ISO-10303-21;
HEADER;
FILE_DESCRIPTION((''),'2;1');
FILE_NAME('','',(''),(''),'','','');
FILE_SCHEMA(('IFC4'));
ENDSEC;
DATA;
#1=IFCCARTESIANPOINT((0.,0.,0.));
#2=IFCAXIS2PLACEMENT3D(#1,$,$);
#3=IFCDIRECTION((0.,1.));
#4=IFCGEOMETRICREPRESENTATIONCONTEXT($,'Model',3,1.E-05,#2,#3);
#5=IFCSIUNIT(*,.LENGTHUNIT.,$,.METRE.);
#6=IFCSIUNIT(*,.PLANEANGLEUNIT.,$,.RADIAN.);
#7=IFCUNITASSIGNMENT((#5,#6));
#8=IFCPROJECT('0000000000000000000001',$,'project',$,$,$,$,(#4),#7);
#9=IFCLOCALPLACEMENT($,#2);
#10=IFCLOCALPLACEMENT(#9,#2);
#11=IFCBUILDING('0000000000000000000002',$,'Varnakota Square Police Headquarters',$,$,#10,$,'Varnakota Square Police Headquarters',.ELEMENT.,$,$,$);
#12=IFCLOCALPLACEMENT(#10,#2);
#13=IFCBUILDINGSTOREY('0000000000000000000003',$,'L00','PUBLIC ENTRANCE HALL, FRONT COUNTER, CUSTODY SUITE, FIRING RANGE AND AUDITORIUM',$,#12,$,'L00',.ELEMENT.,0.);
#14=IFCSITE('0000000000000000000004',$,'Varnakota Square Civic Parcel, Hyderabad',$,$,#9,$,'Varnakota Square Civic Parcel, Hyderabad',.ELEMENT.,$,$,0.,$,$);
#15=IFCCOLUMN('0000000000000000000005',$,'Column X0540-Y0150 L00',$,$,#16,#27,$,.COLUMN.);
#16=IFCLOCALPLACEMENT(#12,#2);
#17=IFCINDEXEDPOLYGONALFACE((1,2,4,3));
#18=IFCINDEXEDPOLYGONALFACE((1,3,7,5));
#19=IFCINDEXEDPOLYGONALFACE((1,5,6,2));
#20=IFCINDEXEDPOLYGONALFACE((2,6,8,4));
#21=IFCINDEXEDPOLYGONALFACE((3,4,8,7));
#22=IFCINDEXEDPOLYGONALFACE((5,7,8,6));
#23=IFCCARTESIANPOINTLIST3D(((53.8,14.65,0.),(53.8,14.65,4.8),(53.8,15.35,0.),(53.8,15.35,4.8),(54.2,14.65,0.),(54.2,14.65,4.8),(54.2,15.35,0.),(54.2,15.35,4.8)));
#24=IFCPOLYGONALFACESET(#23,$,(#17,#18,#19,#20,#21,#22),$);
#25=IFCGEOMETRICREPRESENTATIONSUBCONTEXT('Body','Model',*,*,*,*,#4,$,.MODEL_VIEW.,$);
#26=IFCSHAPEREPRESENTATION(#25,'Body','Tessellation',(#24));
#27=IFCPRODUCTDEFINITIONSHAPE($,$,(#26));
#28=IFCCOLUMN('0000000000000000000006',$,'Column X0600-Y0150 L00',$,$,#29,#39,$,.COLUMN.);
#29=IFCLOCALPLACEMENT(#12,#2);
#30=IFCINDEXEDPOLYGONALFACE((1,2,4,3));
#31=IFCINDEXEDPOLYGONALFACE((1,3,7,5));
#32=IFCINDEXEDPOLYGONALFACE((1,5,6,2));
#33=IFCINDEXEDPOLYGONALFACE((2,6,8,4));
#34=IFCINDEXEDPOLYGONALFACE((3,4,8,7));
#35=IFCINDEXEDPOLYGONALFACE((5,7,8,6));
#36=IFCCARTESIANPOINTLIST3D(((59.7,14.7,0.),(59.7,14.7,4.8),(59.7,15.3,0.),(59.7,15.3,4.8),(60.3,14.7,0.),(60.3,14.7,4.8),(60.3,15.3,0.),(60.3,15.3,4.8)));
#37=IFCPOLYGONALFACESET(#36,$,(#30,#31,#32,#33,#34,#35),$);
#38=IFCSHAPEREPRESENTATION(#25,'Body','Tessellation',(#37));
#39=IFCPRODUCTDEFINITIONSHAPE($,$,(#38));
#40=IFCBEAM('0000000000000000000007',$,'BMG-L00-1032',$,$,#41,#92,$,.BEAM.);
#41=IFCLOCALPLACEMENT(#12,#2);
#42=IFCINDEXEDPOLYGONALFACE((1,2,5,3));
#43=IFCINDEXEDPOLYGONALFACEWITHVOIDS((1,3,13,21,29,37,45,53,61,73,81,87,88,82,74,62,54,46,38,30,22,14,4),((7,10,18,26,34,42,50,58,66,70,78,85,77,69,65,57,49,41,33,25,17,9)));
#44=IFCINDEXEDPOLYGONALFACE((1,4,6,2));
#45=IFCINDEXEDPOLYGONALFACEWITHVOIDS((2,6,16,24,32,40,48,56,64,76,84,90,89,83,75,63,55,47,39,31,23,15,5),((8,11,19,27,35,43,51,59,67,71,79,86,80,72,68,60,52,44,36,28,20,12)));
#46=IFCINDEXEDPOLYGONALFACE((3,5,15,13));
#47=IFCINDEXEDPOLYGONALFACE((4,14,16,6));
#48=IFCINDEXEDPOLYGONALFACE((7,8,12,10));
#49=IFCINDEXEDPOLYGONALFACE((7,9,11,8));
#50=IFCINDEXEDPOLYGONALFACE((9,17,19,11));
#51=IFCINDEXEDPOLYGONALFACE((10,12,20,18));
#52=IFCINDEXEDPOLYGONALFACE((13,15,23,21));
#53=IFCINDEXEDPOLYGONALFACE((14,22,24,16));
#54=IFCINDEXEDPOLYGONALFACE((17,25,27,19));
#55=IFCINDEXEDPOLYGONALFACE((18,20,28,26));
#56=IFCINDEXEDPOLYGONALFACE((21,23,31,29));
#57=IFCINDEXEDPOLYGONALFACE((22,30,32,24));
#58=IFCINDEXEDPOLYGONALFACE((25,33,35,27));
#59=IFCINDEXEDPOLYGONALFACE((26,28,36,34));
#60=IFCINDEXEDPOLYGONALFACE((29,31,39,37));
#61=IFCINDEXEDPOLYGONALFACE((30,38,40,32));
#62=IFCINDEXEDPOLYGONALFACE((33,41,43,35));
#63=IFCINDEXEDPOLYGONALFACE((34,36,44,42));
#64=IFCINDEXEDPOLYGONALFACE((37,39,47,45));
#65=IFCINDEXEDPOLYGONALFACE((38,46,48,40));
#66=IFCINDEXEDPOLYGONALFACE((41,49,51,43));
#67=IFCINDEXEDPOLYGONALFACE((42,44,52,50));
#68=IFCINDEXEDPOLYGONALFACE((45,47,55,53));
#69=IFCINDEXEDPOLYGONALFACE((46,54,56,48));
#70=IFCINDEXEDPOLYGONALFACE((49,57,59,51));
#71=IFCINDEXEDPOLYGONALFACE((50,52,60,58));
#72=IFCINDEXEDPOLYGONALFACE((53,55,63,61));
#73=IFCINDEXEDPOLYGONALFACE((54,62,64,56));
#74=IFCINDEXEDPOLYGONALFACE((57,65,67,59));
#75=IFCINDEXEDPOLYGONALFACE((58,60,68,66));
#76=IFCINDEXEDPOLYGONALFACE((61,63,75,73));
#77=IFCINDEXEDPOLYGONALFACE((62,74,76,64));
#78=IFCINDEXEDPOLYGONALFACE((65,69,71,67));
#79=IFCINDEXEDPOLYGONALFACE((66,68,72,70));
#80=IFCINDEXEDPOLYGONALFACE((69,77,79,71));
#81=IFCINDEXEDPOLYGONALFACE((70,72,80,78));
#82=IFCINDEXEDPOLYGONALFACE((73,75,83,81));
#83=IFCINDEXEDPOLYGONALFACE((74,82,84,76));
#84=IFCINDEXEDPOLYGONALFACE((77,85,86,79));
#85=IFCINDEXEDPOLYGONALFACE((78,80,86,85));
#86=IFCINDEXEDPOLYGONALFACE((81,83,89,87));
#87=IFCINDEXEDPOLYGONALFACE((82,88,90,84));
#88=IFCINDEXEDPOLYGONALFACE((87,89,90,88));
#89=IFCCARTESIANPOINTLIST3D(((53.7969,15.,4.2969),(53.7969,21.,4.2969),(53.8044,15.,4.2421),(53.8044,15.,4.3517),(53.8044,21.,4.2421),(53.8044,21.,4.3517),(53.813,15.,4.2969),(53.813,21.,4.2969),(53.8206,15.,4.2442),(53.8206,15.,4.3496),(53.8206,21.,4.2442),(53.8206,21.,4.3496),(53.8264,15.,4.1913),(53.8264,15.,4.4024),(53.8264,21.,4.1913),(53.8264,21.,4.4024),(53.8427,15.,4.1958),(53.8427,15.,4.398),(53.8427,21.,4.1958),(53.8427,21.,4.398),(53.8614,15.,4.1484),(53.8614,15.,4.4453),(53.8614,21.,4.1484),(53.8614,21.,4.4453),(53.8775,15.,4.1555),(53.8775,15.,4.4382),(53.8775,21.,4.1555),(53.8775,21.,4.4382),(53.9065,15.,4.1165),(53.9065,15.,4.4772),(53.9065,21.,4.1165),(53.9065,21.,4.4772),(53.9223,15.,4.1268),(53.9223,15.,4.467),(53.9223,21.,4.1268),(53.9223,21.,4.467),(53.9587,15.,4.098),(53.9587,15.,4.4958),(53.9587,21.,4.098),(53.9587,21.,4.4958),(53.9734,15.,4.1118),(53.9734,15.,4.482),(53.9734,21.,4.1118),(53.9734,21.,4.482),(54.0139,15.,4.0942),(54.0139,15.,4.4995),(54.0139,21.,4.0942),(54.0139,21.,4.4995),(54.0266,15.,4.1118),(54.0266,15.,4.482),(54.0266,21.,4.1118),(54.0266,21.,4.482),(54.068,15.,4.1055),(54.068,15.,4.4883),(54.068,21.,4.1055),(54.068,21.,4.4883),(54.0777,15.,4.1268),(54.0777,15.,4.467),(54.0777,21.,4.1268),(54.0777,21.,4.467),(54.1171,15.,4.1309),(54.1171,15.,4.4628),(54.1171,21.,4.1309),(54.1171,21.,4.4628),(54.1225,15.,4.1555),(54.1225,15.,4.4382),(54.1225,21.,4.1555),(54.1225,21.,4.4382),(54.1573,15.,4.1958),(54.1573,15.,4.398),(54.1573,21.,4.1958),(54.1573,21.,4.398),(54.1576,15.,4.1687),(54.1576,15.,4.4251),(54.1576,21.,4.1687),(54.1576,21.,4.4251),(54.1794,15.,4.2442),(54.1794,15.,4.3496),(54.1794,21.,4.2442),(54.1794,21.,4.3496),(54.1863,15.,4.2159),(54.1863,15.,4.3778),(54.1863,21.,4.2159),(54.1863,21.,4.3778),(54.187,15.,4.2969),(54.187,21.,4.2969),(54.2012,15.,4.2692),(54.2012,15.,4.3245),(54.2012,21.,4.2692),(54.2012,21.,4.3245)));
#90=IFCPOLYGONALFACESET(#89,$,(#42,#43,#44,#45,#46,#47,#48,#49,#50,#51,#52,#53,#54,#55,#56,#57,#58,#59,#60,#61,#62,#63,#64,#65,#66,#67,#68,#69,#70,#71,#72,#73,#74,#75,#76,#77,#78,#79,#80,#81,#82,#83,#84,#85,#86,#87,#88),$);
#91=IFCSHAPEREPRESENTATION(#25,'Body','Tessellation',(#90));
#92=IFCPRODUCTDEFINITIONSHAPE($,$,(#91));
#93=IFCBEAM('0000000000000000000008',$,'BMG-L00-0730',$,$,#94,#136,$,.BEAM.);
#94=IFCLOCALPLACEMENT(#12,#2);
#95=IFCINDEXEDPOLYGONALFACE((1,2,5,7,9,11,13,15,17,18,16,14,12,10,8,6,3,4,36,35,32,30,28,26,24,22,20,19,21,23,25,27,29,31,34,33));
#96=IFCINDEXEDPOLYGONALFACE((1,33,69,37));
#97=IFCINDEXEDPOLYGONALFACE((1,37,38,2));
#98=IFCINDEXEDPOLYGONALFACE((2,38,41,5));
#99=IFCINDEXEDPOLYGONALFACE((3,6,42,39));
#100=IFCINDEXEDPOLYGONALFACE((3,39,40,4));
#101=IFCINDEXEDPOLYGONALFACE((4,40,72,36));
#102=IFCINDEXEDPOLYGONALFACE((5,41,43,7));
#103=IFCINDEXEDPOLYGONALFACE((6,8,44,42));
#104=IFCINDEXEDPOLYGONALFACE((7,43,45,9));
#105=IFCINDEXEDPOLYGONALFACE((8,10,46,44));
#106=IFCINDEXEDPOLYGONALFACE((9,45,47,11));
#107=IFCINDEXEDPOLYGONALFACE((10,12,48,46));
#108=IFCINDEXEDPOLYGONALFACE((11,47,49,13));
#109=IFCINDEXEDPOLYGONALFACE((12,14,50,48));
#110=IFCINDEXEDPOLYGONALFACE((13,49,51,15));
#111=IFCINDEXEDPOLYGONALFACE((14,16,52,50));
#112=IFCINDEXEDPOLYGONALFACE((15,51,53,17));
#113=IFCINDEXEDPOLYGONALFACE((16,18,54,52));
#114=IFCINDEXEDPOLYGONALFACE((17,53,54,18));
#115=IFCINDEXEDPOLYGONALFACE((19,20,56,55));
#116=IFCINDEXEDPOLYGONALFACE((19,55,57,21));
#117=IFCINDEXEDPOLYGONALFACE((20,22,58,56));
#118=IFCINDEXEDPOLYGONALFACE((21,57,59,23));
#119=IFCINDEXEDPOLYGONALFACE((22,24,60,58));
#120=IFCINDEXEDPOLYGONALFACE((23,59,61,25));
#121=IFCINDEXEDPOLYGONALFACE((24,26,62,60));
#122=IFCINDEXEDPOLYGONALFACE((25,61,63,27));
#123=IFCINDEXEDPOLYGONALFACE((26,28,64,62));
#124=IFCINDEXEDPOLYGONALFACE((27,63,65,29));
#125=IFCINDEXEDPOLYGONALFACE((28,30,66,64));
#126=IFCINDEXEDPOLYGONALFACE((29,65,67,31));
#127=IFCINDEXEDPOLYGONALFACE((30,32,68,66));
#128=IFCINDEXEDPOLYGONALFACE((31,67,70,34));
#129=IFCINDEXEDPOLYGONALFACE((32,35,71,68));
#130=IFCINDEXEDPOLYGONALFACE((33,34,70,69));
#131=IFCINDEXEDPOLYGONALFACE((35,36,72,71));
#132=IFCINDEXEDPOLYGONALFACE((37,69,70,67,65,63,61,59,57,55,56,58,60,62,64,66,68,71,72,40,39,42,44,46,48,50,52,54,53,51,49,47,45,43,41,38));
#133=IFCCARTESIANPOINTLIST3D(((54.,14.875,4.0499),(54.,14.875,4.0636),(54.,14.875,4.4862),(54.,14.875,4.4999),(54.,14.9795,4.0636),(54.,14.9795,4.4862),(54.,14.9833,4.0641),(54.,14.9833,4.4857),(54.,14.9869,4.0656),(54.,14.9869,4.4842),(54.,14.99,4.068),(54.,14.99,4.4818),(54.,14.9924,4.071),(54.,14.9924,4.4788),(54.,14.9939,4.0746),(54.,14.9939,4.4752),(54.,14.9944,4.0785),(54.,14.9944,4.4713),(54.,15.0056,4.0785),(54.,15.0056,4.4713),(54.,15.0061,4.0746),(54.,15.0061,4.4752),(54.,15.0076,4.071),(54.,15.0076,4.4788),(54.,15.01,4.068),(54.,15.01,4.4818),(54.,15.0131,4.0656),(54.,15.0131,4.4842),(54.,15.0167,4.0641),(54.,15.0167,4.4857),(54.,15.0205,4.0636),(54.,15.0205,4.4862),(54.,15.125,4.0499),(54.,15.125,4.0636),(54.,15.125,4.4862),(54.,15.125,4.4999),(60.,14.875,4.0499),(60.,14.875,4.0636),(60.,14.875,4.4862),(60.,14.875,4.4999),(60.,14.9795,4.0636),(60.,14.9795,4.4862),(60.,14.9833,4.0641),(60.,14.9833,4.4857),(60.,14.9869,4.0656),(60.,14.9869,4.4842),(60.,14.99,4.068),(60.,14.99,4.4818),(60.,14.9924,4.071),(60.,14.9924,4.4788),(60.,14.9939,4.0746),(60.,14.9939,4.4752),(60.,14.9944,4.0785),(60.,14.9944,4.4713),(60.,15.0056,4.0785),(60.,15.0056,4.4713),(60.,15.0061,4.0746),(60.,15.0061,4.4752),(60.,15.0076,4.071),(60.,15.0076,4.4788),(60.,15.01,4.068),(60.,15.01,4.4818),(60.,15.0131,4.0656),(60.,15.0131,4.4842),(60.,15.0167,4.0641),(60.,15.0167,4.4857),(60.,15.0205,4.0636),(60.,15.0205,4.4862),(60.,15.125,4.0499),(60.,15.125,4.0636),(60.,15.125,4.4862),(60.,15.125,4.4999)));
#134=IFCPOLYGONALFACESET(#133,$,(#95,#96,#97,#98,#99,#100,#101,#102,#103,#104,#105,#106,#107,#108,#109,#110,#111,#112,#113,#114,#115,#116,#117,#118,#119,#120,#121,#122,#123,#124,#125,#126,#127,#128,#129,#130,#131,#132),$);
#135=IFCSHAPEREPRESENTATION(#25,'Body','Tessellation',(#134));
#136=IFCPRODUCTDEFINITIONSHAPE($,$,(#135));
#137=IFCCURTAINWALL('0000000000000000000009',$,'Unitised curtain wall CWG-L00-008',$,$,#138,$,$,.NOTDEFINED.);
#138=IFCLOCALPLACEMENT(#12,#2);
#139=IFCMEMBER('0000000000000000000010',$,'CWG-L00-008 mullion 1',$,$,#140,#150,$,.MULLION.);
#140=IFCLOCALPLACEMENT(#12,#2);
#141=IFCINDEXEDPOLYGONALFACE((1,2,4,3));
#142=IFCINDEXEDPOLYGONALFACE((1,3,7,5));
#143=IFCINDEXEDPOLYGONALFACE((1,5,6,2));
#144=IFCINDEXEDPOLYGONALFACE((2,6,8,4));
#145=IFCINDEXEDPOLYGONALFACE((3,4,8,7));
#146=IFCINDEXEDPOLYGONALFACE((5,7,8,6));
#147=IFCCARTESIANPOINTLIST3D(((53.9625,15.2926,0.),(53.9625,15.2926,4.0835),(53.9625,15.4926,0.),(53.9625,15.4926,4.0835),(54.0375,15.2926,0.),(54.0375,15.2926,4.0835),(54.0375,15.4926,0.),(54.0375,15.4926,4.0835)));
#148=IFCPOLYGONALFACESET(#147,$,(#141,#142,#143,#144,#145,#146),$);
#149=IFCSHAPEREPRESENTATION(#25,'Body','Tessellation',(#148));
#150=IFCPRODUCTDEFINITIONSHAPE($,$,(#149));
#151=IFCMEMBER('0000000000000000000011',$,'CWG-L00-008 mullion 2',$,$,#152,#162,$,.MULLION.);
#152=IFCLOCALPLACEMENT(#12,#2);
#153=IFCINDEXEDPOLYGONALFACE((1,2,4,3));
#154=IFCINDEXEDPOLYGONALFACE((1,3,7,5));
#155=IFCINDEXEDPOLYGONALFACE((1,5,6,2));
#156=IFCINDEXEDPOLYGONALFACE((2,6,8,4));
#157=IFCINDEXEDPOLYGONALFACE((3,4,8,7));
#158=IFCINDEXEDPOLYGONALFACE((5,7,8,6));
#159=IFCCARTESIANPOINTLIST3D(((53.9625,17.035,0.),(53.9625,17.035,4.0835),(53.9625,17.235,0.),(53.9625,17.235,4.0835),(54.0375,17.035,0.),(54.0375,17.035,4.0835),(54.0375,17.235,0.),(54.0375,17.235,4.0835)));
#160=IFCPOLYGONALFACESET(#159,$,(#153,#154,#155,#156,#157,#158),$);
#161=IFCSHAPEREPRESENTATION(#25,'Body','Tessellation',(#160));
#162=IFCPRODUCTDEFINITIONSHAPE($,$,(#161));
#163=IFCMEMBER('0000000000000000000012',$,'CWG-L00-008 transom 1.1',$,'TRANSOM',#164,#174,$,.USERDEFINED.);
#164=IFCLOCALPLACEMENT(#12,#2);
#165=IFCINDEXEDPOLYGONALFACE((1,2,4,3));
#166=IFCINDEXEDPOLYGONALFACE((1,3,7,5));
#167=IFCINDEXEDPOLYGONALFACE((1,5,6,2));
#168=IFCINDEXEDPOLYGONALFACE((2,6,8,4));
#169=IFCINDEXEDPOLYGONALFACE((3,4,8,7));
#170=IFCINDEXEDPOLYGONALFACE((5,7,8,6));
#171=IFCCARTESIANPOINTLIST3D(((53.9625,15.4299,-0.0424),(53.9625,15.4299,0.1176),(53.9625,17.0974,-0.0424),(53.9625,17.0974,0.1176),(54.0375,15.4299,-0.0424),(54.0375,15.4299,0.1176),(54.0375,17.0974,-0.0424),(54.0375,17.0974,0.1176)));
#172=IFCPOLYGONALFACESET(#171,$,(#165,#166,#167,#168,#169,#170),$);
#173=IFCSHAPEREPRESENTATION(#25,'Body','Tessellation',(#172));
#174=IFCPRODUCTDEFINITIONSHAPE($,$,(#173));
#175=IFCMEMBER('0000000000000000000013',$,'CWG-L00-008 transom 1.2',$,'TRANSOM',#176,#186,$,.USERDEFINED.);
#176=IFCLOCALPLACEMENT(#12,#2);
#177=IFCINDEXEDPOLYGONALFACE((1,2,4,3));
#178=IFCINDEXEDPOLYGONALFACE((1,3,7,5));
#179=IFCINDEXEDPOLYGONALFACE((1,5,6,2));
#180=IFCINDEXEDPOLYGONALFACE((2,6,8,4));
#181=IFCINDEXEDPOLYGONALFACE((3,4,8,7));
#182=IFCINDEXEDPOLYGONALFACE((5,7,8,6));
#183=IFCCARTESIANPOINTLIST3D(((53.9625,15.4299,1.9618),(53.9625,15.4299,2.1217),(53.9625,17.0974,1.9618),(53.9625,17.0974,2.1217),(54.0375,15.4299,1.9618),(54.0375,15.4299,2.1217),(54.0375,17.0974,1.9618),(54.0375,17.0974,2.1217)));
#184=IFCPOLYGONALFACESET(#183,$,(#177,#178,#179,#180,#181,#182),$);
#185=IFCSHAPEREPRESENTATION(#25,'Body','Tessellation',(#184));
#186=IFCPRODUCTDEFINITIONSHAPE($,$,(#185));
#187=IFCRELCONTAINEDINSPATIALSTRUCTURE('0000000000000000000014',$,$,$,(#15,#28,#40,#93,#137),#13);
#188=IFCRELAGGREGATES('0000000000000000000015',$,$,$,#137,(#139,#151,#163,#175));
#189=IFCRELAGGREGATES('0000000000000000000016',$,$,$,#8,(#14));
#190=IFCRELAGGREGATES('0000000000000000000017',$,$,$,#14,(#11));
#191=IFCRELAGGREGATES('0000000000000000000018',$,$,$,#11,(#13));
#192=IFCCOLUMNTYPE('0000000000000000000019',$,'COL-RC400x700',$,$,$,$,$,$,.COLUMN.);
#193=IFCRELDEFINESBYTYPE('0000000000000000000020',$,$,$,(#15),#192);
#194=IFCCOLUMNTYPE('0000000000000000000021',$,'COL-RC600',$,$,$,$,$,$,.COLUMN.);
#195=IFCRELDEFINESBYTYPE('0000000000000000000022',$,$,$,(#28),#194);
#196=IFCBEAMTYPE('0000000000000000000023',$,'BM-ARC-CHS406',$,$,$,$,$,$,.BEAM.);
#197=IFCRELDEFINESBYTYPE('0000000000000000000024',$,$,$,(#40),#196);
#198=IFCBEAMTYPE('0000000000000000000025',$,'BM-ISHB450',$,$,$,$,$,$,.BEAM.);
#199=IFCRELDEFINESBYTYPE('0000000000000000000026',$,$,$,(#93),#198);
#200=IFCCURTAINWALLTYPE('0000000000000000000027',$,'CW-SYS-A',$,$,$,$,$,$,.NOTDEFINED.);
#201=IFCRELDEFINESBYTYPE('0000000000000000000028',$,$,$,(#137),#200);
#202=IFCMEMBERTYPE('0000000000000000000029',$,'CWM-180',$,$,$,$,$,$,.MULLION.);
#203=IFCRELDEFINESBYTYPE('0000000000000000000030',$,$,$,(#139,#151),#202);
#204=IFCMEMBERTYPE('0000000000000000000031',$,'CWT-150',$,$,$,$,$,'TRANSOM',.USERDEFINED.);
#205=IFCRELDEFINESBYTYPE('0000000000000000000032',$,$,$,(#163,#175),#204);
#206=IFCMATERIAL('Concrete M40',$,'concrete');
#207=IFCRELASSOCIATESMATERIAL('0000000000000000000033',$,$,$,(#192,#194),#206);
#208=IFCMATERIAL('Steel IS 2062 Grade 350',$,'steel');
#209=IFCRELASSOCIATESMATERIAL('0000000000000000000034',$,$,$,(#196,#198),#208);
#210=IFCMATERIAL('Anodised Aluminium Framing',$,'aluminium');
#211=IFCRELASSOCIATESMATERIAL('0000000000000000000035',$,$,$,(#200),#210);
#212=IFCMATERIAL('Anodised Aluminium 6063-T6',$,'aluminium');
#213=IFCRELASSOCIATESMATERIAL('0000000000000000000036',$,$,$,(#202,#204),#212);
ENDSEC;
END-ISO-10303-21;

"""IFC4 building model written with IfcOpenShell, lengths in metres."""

from ifc_helpers import new_model, si_unit, direction, frame, origin, origin_2d, place, context, subcontext, project, spatial, rectangle, hollow_circle, i_section, extrude, material, material_profile, profile_set, type_object, element, aggregate, save


model = new_model("IFC4")

# Units and contexts
model_context = context("Model", 3, precision=1e-05, world=origin(), true_north=direction((0.0, 1.0)))
body_context = subcontext(model_context, "Body", "Model", "MODEL_VIEW")
ifc_project = project(units=[si_unit("LENGTHUNIT", "METRE"), si_unit("PLANEANGLEUNIT", "RADIAN")], contexts=[model_context])

# Site, building, storey
site_placement = place(None, origin())
site = spatial("IfcSite", under=ifc_project, at=site_placement, Name="Varnakota Square Civic Parcel, Hyderabad", LongName="Varnakota Square Civic Parcel, Hyderabad", CompositionType="ELEMENT", RefElevation=0.0)
building_placement = place(site_placement, origin())
building = spatial("IfcBuilding", under=site, at=building_placement, Name="Varnakota Square Police Headquarters", LongName="Varnakota Square Police Headquarters", CompositionType="ELEMENT")
storey_placement = place(building_placement, origin())
storey = spatial("IfcBuildingStorey", under=building, at=storey_placement, Name="L00", Description="PUBLIC ENTRANCE HALL, FRONT COUNTER, CUSTODY SUITE, FIRING RANGE AND AUDITORIUM", LongName="L00", CompositionType="ELEMENT", Elevation=0.0)

# Columns
ifc_material_1 = material(Name="Concrete M40", Category="concrete")
ifc_material_profile_1 = material_profile(ifc_material_1, rectangle(XDim=0.3999, YDim=0.7, at=origin_2d()), Name="RC 400x700")
ifc_profile_set_1 = profile_set([ifc_material_profile_1], Name="Concrete M40")
column_type_1 = type_object("IfcColumnType", Name="COL-RC400x700", PredefinedType="COLUMN", material=ifc_profile_set_1)
column_1_placement = place(storey_placement, frame((54.0, 15.0, 0.0), z_axis=(0.0, 0.0, 1.0), x_axis=(1.0, 0.0, 0.0)))
element("IfcColumn", 1, at=column_1_placement, inside=storey, type_object=column_type_1, Name="Column X0540-Y0150 L00", PredefinedType="COLUMN", context=body_context, shape_type="SweptSolid", body=[
    extrude(rectangle(XDim=0.3999, YDim=0.7, at=origin_2d()), origin(), (0.0, 0.0, 1.0), 4.8),
])
ifc_material_profile_2 = material_profile(ifc_material_1, rectangle(XDim=0.6001, YDim=0.6001, at=origin_2d()), Name="RC 600x600")
ifc_profile_set_2 = profile_set([ifc_material_profile_2], Name="Concrete M40")
column_type_2 = type_object("IfcColumnType", Name="COL-RC600", PredefinedType="COLUMN", material=ifc_profile_set_2)
column_2_placement = place(storey_placement, frame((60.0, 15.0, 0.0), z_axis=(0.0, 0.0, 1.0), x_axis=(1.0, 0.0, 0.0)))
element("IfcColumn", 2, at=column_2_placement, inside=storey, type_object=column_type_2, Name="Column X0600-Y0150 L00", PredefinedType="COLUMN", context=body_context, shape_type="SweptSolid", body=[
    extrude(rectangle(XDim=0.6001, YDim=0.6001, at=origin_2d()), origin(), (0.0, 0.0, 1.0), 4.8),
])

# Beams
ifc_material_2 = material(Name="Steel IS 2062 Grade 350", Category="steel")
ifc_material_profile_3 = material_profile(ifc_material_2, hollow_circle(Radius=0.2031, WallThickness=0.0161, at=origin_2d()), Name="CHS 406.4x16.0")
ifc_profile_set_3 = profile_set([ifc_material_profile_3], Name="Steel IS 2062 Grade 350")
beam_type_1 = type_object("IfcBeamType", Name="BM-ARC-CHS406", PredefinedType="BEAM", material=ifc_profile_set_3)
beam_1_placement = place(storey_placement, frame((54.0, 15.0, 4.2969), z_axis=(0.0, 1.0, 0.0), x_axis=(-1.0, 0.0, 0.0)))
element("IfcBeam", 3, at=beam_1_placement, inside=storey, type_object=beam_type_1, Name="BMG-L00-1032", PredefinedType="BEAM", context=body_context, shape_type="SweptSolid", body=[
    extrude(hollow_circle(Radius=0.2031, WallThickness=0.0161, at=origin_2d()), origin(), (0.0, 0.0, 1.0), 6.0),
])
ifc_material_profile_4 = material_profile(ifc_material_2, i_section(OverallWidth=0.25, OverallDepth=0.45, WebThickness=0.0112, FlangeThickness=0.0137, FilletRadius=0.0149, at=origin_2d()), Name="ISHB 450")
ifc_profile_set_4 = profile_set([ifc_material_profile_4], Name="Steel IS 2062 Grade 350")
beam_type_2 = type_object("IfcBeamType", Name="BM-ISHB450", PredefinedType="BEAM", material=ifc_profile_set_4)
beam_2_placement = place(storey_placement, frame((54.0, 15.0, 4.2749), z_axis=(1.0, 0.0, 0.0), x_axis=(0.0, 1.0, 0.0)))
element("IfcBeam", 4, at=beam_2_placement, inside=storey, type_object=beam_type_2, Name="BMG-L00-0730", PredefinedType="BEAM", context=body_context, shape_type="SweptSolid", body=[
    extrude(i_section(OverallWidth=0.25, OverallDepth=0.45, WebThickness=0.0112, FlangeThickness=0.0137, FilletRadius=0.0149, at=origin_2d()), origin(), (0.0, 0.0, 1.0), 6.0),
])

# Curtain wall, members
ifc_material_3 = material(Name="Anodised Aluminium Framing", Category="aluminium")
curtain_wall_type = type_object("IfcCurtainWallType", Name="CW-SYS-A", PredefinedType="NOTDEFINED", material=ifc_material_3)
curtain_wall_placement = place(storey_placement, origin())
curtain_wall = element("IfcCurtainWall", 5, at=curtain_wall_placement, inside=storey, type_object=curtain_wall_type, Name="Unitised curtain wall CWG-L00-008", PredefinedType="NOTDEFINED")
ifc_material_4 = material(Name="Anodised Aluminium 6063-T6", Category="aluminium")
ifc_material_profile_5 = material_profile(ifc_material_4, rectangle(XDim=0.075, YDim=0.2, at=origin_2d()), Name="ALU MULLION 75x200")
ifc_profile_set_5 = profile_set([ifc_material_profile_5], Name="Anodised Aluminium 6063-T6")
member_type_1 = type_object("IfcMemberType", Name="CWM-180", PredefinedType="MULLION", material=ifc_profile_set_5)
member_1_placement = place(storey_placement, frame((54.0, 15.3926, 0.0), z_axis=(0.0, 0.0, 1.0), x_axis=(-1.0, 0.0, 0.0)))
member_1 = element("IfcMember", 6, at=member_1_placement, type_object=member_type_1, Name="CWG-L00-008 mullion 1", PredefinedType="MULLION", context=body_context, shape_type="SweptSolid", body=[
    extrude(rectangle(XDim=0.075, YDim=0.2, at=origin_2d()), origin(), (0.0, 0.0, 1.0), 4.0835),
])
member_2_placement = place(storey_placement, frame((54.0, 17.135, 0.0), z_axis=(0.0, 0.0, 1.0), x_axis=(-1.0, 0.0, 0.0)))
member_2 = element("IfcMember", 7, at=member_2_placement, type_object=member_type_1, Name="CWG-L00-008 mullion 2", PredefinedType="MULLION", context=body_context, shape_type="SweptSolid", body=[
    extrude(rectangle(XDim=0.075, YDim=0.2, at=origin_2d()), origin(), (0.0, 0.0, 1.0), 4.0835),
])
ifc_material_profile_6 = material_profile(ifc_material_4, rectangle(XDim=0.075, YDim=0.1599, at=origin_2d()), Name="ALU TRANSOM 75x160")
ifc_profile_set_6 = profile_set([ifc_material_profile_6], Name="Anodised Aluminium 6063-T6")
member_type_2 = type_object("IfcMemberType", Name="CWT-150", ElementType="TRANSOM", PredefinedType="USERDEFINED", material=ifc_profile_set_6)
member_3_placement = place(storey_placement, frame((54.0, 15.4299, 0.0376), z_axis=(0.0, 1.0, 0.0), x_axis=(-1.0, 0.0, 0.0)))
member_3 = element("IfcMember", 8, at=member_3_placement, type_object=member_type_2, Name="CWG-L00-008 transom 1.1", ObjectType="TRANSOM", PredefinedType="USERDEFINED", context=body_context, shape_type="SweptSolid", body=[
    extrude(rectangle(XDim=0.075, YDim=0.1599, at=origin_2d()), origin(), (0.0, 0.0, 1.0), 1.6675),
])
member_4_placement = place(storey_placement, frame((54.0, 15.4299, 2.0417), z_axis=(0.0, 1.0, 0.0), x_axis=(-1.0, 0.0, 0.0)))
member_4 = element("IfcMember", 9, at=member_4_placement, type_object=member_type_2, Name="CWG-L00-008 transom 1.2", ObjectType="TRANSOM", PredefinedType="USERDEFINED", context=body_context, shape_type="SweptSolid", body=[
    extrude(rectangle(XDim=0.075, YDim=0.1599, at=origin_2d()), origin(), (0.0, 0.0, 1.0), 1.6675),
])
aggregate(curtain_wall, [member_1, member_2, member_3, member_4])

save(model, "model.ifc")
